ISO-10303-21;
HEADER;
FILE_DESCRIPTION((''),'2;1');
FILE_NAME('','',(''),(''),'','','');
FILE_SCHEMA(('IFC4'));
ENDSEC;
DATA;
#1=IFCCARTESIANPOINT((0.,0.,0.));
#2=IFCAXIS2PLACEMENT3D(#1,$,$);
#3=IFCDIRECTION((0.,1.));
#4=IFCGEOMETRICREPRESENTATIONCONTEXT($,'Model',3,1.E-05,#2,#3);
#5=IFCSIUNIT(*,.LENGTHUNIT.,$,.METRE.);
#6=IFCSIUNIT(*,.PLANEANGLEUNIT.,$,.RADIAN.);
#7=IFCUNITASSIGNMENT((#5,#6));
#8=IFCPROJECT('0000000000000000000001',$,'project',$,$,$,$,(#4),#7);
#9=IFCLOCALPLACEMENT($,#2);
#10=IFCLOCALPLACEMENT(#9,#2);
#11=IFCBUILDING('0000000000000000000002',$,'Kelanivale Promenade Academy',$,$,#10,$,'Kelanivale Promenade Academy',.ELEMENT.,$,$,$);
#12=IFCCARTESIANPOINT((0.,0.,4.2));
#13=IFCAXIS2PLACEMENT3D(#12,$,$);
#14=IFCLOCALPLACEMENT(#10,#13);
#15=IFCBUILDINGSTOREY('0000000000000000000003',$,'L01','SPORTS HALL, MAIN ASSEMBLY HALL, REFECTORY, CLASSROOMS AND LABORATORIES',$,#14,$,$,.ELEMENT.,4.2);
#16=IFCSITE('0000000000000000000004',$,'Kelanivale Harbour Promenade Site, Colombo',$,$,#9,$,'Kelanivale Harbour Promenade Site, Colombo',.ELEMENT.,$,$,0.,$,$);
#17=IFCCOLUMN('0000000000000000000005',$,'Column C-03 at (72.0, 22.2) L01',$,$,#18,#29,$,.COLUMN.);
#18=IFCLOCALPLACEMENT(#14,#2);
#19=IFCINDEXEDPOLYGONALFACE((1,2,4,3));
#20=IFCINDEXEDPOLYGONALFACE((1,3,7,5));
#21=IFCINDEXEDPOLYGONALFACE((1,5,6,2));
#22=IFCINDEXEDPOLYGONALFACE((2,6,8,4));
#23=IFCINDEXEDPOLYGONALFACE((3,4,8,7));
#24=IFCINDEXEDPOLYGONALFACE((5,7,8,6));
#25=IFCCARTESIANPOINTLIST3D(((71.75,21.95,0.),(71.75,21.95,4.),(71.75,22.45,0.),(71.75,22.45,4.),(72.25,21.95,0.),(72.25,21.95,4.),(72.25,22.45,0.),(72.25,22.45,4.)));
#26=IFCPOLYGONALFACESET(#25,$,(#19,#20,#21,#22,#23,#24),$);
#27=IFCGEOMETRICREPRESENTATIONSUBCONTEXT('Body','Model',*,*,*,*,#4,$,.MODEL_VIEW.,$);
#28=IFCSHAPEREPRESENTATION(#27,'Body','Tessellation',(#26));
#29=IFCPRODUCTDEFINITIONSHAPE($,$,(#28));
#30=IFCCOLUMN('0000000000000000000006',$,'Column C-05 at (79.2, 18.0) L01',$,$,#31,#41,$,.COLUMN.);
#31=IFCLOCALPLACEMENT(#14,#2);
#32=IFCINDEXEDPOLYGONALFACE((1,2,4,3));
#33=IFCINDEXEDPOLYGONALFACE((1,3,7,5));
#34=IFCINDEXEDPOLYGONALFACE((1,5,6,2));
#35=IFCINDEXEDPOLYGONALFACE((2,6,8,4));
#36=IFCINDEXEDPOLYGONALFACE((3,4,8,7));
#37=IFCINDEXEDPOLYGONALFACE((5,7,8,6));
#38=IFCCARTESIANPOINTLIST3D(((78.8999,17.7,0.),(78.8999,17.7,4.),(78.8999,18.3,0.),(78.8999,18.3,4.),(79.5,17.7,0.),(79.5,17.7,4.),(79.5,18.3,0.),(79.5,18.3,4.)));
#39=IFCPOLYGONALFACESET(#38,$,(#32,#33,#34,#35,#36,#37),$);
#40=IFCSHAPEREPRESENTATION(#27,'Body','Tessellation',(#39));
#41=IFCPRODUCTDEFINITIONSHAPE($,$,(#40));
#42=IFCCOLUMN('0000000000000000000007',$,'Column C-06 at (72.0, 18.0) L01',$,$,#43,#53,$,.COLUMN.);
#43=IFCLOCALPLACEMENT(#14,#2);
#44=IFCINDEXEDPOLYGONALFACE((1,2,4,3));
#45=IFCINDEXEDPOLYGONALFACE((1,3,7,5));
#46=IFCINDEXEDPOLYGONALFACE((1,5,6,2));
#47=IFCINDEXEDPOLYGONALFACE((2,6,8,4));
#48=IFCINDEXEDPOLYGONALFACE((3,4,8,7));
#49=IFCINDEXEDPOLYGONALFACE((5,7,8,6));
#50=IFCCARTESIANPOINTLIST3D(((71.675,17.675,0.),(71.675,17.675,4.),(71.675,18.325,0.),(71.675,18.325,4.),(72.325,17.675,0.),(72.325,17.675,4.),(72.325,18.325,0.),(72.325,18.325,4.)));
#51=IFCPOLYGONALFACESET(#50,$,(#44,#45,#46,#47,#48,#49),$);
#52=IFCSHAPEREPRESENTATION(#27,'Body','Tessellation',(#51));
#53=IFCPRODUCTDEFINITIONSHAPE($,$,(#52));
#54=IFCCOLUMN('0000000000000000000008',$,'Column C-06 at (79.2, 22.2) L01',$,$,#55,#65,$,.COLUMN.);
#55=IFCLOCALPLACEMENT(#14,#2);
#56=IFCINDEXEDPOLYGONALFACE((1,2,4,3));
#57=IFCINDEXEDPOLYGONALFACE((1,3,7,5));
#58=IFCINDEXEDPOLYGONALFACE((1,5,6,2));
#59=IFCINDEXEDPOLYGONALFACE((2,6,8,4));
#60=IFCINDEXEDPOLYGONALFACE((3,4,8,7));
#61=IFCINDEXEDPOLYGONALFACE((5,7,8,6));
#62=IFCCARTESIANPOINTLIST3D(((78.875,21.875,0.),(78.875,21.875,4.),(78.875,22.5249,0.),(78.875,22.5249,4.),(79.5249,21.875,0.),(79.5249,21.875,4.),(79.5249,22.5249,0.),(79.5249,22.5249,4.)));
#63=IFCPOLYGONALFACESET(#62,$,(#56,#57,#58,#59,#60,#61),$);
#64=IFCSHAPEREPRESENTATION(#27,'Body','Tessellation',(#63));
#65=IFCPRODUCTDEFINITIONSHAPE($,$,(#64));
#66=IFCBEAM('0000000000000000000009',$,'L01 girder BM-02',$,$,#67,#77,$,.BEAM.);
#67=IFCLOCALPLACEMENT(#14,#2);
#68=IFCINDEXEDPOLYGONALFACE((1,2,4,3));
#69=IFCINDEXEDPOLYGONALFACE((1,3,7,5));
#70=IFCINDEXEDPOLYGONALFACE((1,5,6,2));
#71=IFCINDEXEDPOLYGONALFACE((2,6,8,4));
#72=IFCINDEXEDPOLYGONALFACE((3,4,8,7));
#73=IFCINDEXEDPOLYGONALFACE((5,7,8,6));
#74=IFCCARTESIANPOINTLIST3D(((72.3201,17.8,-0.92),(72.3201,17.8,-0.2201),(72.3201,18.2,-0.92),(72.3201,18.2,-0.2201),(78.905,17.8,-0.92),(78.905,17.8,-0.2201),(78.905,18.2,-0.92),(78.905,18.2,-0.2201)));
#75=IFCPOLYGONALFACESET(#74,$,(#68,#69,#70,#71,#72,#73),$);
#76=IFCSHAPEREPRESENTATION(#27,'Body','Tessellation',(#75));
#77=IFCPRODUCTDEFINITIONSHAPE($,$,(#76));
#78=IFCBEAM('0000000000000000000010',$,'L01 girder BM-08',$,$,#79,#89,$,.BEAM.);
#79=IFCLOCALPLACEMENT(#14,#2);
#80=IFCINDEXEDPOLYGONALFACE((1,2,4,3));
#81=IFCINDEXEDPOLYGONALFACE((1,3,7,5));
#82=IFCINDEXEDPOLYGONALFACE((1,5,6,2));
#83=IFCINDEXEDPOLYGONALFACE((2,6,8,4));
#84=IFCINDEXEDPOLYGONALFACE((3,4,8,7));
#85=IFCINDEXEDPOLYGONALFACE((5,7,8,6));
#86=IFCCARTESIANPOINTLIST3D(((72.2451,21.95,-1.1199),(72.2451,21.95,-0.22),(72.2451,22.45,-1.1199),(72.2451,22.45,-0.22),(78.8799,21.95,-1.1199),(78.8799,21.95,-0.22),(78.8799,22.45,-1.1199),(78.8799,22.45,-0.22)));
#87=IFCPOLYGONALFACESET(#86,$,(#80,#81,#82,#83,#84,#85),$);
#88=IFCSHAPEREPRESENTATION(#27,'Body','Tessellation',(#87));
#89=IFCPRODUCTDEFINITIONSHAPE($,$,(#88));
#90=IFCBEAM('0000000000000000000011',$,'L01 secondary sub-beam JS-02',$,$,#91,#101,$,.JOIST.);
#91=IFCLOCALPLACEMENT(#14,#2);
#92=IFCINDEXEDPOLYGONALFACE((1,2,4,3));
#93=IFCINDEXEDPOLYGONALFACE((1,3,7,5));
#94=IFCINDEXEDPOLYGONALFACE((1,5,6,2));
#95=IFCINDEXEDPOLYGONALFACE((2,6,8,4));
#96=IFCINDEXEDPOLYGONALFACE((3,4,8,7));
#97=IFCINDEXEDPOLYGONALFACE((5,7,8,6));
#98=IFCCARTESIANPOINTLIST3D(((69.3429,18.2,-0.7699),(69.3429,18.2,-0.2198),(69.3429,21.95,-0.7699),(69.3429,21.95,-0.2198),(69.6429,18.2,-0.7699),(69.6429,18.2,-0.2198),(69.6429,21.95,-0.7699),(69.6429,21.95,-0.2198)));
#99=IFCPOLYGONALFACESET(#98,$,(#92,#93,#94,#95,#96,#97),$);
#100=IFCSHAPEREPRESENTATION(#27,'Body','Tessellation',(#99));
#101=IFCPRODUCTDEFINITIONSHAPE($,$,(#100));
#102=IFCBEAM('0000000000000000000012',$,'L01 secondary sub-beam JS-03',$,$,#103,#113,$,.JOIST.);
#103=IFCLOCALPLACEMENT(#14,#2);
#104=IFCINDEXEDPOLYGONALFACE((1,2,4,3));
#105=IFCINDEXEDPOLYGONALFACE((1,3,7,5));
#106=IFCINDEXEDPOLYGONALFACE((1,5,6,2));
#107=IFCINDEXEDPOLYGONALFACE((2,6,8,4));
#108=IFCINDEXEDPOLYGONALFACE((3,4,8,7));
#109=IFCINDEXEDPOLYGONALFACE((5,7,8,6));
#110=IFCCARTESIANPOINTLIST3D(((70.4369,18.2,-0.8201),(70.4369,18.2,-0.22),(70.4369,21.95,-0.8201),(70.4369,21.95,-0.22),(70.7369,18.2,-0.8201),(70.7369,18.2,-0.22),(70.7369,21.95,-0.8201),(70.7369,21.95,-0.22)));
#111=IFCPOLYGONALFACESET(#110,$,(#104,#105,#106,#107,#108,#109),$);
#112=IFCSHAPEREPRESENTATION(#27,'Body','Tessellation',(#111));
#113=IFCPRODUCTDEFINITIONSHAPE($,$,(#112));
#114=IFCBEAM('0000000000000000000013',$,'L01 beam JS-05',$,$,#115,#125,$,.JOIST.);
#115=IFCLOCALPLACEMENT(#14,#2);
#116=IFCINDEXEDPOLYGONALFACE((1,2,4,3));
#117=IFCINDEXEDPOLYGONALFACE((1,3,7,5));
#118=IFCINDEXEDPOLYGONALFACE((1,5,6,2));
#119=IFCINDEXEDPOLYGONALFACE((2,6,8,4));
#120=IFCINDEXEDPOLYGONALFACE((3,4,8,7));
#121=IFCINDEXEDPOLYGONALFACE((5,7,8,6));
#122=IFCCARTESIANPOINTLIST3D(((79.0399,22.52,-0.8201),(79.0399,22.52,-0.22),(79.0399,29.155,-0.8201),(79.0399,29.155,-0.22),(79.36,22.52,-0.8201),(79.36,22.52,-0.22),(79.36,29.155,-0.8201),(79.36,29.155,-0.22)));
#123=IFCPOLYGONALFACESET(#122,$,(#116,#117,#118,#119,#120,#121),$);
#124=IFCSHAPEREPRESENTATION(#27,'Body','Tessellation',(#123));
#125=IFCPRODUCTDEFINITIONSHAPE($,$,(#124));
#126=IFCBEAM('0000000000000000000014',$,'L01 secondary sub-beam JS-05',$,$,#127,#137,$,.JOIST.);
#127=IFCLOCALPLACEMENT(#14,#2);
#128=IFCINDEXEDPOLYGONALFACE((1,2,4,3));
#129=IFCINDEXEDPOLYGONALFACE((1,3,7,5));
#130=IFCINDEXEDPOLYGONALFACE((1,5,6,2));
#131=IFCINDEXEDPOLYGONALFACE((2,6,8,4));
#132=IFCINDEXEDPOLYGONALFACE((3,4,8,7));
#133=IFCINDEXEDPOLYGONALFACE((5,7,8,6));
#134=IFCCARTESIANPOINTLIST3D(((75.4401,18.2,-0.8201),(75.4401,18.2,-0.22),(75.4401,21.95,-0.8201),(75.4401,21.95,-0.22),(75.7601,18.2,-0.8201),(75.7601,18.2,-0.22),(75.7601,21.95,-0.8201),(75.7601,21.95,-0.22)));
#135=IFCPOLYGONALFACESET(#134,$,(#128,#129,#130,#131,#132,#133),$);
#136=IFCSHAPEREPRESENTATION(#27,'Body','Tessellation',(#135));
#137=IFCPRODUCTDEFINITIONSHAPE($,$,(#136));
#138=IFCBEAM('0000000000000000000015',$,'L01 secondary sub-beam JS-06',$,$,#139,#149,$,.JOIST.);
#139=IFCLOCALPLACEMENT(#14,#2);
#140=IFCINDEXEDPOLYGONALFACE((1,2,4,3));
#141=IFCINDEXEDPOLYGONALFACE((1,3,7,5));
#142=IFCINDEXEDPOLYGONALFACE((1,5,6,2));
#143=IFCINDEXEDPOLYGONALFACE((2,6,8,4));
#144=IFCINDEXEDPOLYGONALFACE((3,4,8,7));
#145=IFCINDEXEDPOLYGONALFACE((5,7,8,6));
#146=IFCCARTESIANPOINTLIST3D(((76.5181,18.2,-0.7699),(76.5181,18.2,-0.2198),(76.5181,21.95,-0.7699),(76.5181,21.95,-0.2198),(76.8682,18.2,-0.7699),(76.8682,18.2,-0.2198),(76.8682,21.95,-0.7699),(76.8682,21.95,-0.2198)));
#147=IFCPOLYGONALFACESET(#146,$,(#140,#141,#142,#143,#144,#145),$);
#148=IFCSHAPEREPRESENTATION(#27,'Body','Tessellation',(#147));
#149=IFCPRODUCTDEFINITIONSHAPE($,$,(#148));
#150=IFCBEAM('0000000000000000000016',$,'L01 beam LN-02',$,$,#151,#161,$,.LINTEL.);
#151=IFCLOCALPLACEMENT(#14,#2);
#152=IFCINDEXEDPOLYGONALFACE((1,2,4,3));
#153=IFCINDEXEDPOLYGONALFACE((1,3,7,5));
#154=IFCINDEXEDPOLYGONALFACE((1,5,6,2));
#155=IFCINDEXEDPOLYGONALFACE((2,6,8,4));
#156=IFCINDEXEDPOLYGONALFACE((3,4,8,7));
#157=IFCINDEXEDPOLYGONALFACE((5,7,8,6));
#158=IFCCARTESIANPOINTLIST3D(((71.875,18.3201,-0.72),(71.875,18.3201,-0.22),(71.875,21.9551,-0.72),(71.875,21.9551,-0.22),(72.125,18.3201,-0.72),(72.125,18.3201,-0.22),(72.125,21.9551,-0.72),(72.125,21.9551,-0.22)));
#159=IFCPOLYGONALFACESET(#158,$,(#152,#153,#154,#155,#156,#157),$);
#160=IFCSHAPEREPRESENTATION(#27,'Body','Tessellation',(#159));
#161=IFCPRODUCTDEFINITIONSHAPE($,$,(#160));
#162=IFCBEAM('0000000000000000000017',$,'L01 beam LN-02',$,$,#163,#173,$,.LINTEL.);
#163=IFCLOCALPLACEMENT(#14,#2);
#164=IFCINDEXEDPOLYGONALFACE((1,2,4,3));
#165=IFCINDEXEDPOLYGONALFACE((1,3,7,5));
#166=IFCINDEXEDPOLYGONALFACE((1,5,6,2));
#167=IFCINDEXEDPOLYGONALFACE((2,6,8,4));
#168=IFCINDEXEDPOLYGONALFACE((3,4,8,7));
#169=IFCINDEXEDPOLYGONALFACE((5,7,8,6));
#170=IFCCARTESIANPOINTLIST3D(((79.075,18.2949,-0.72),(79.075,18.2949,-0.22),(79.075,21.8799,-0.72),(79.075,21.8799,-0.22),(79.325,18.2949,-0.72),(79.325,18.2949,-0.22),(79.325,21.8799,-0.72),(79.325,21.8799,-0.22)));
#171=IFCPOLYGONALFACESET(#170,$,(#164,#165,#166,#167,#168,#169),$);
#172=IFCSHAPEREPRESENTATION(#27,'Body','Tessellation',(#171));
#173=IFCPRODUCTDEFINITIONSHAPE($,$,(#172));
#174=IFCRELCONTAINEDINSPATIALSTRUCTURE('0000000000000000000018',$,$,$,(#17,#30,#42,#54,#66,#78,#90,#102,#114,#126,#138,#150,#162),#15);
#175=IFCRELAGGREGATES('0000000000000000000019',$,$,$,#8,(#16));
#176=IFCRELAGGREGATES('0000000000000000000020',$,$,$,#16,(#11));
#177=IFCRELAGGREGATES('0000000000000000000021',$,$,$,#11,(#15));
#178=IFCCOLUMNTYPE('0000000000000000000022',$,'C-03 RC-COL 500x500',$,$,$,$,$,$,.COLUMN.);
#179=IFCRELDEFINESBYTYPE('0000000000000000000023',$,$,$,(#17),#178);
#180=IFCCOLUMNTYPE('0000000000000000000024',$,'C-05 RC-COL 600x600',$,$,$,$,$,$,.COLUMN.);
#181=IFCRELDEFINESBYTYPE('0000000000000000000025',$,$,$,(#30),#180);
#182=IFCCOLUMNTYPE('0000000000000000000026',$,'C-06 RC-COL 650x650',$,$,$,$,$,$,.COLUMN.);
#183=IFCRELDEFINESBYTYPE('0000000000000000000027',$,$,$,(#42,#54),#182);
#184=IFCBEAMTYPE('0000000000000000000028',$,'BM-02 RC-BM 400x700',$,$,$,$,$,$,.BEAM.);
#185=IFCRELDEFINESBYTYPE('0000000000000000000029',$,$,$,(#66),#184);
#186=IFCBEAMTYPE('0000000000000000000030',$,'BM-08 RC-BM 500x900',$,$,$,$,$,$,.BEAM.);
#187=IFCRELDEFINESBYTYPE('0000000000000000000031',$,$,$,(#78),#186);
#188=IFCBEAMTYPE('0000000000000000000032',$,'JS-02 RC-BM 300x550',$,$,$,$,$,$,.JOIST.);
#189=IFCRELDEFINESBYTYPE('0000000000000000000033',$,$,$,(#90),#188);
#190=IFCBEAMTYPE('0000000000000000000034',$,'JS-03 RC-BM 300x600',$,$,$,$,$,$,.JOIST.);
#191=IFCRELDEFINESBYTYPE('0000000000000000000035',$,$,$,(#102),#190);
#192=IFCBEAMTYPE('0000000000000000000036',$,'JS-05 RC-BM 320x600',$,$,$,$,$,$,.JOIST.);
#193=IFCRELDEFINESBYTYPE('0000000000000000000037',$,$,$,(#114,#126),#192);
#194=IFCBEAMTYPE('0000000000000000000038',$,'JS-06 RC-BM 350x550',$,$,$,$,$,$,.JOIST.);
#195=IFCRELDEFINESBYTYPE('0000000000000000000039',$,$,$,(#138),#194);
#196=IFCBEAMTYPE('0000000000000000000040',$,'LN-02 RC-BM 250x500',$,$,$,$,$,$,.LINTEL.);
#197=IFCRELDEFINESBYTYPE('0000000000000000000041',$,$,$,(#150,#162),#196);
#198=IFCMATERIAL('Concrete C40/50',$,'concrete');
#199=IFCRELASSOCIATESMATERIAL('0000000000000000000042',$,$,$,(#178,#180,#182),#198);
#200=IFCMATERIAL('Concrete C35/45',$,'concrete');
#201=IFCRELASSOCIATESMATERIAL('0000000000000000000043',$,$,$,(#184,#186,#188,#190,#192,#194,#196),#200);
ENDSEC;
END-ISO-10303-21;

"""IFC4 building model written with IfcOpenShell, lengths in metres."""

from ifc_helpers import new_model, si_unit, direction, frame, origin, origin_2d, place, context, subcontext, project, spatial, rectangle, extrude, material, material_profile, profile_set, type_object, element, save


model = new_model("IFC4")

# Units and contexts
model_context = context("Model", 3, precision=1e-05, world=origin(), true_north=direction((0.0, 1.0)))
body_context = subcontext(model_context, "Body", "Model", "MODEL_VIEW")
ifc_project = project(units=[si_unit("LENGTHUNIT", "METRE"), si_unit("PLANEANGLEUNIT", "RADIAN")], contexts=[model_context])

# Site, building, storey
site_placement = place(None, origin())
site = spatial("IfcSite", under=ifc_project, at=site_placement, Name="Kelanivale Harbour Promenade Site, Colombo", LongName="Kelanivale Harbour Promenade Site, Colombo", CompositionType="ELEMENT", RefElevation=0.0)
building_placement = place(site_placement, origin())
building = spatial("IfcBuilding", under=site, at=building_placement, Name="Kelanivale Promenade Academy", LongName="Kelanivale Promenade Academy", CompositionType="ELEMENT")
storey_placement = place(building_placement, frame((0.0, 0.0, 4.2)))
storey = spatial("IfcBuildingStorey", under=building, at=storey_placement, Name="L01", Description="SPORTS HALL, MAIN ASSEMBLY HALL, REFECTORY, CLASSROOMS AND LABORATORIES", CompositionType="ELEMENT", Elevation=4.2)

# Columns
ifc_material_1 = material(Name="Concrete C40/50", Category="concrete")
ifc_material_profile_1 = material_profile(ifc_material_1, rectangle(XDim=0.5, YDim=0.5, at=origin_2d()), Name="RC-COL 500x500")
ifc_profile_set_1 = profile_set([ifc_material_profile_1], Name="Concrete C40/50")
column_type_1 = type_object("IfcColumnType", Name="C-03 RC-COL 500x500", PredefinedType="COLUMN", material=ifc_profile_set_1)
column_1_placement = place(storey_placement, frame((72.0, 22.2, 0.0), z_axis=(0.0, 0.0, 1.0), x_axis=(1.0, 0.0, 0.0)))
element("IfcColumn", 1, at=column_1_placement, inside=storey, type_object=column_type_1, Name="Column C-03 at (72.0, 22.2) L01", PredefinedType="COLUMN", context=body_context, shape_type="SweptSolid", body=[
    extrude(rectangle(XDim=0.5, YDim=0.5, at=origin_2d()), origin(), (0.0, 0.0, 1.0), 4.0),
])
ifc_material_profile_2 = material_profile(ifc_material_1, rectangle(XDim=0.6001, YDim=0.6001, at=origin_2d()), Name="RC-COL 600x600")
ifc_profile_set_2 = profile_set([ifc_material_profile_2], Name="Concrete C40/50")
column_type_2 = type_object("IfcColumnType", Name="C-05 RC-COL 600x600", PredefinedType="COLUMN", material=ifc_profile_set_2)
column_2_placement = place(storey_placement, frame((79.2, 18.0, 0.0), z_axis=(0.0, 0.0, 1.0), x_axis=(1.0, 0.0, 0.0)))
element("IfcColumn", 2, at=column_2_placement, inside=storey, type_object=column_type_2, Name="Column C-05 at (79.2, 18.0) L01", PredefinedType="COLUMN", context=body_context, shape_type="SweptSolid", body=[
    extrude(rectangle(XDim=0.6001, YDim=0.6001, at=origin_2d()), origin(), (0.0, 0.0, 1.0), 4.0),
])
ifc_material_profile_3 = material_profile(ifc_material_1, rectangle(XDim=0.6499, YDim=0.6499, at=origin_2d()), Name="RC-COL 650x650")
ifc_profile_set_3 = profile_set([ifc_material_profile_3], Name="Concrete C40/50")
column_type_3 = type_object("IfcColumnType", Name="C-06 RC-COL 650x650", PredefinedType="COLUMN", material=ifc_profile_set_3)
for number, where, z_axis, x_axis, name in (
    (3, (72.0, 18.0, 0.0), (0.0, 0.0, 1.0), (1.0, 0.0, 0.0), "Column C-06 at (72.0, 18.0) L01"),
    (4, (79.2, 22.2, 0.0), (0.0, 0.0, 1.0), (1.0, 0.0, 0.0), "Column C-06 at (79.2, 22.2) L01"),
):
    element("IfcColumn", number, at=place(storey_placement, frame(where, z_axis=z_axis, x_axis=x_axis)), inside=storey, type_object=column_type_3, Name=name, PredefinedType="COLUMN", context=body_context, shape_type="SweptSolid", body=[
        extrude(rectangle(XDim=0.6499, YDim=0.6499, at=origin_2d()), origin(), (0.0, 0.0, 1.0), 4.0),
    ])

# Beams
ifc_material_2 = material(Name="Concrete C35/45", Category="concrete")
ifc_material_profile_4 = material_profile(ifc_material_2, rectangle(XDim=0.3999, YDim=0.7, at=origin_2d()), Name="RC-BM 400x700")
ifc_profile_set_4 = profile_set([ifc_material_profile_4], Name="Concrete C35/45")
beam_type_1 = type_object("IfcBeamType", Name="BM-02 RC-BM 400x700", PredefinedType="BEAM", material=ifc_profile_set_4)
beam_1_placement = place(storey_placement, frame((72.3201, 18.0, -0.5701), z_axis=(1.0, 0.0, 0.0), x_axis=(0.0, 1.0, 0.0)))
element("IfcBeam", 5, at=beam_1_placement, inside=storey, type_object=beam_type_1, Name="L01 girder BM-02", PredefinedType="BEAM", context=body_context, shape_type="SweptSolid", body=[
    extrude(rectangle(XDim=0.3999, YDim=0.7, at=origin_2d()), origin(), (0.0, 0.0, 1.0), 6.585),
])
ifc_material_profile_5 = material_profile(ifc_material_2, rectangle(XDim=0.5, YDim=0.8999, at=origin_2d()), Name="RC-BM 500x900")
ifc_profile_set_5 = profile_set([ifc_material_profile_5], Name="Concrete C35/45")
beam_type_2 = type_object("IfcBeamType", Name="BM-08 RC-BM 500x900", PredefinedType="BEAM", material=ifc_profile_set_5)
beam_2_placement = place(storey_placement, frame((72.2451, 22.2, -0.6699), z_axis=(1.0, 0.0, 0.0), x_axis=(0.0, 1.0, 0.0)))
element("IfcBeam", 6, at=beam_2_placement, inside=storey, type_object=beam_type_2, Name="L01 girder BM-08", PredefinedType="BEAM", context=body_context, shape_type="SweptSolid", body=[
    extrude(rectangle(XDim=0.5, YDim=0.8999, at=origin_2d()), origin(), (0.0, 0.0, 1.0), 6.6348),
])
ifc_material_profile_6 = material_profile(ifc_material_2, rectangle(XDim=0.3, YDim=0.55, at=origin_2d()), Name="RC-BM 300x550")
ifc_profile_set_6 = profile_set([ifc_material_profile_6], Name="Concrete C35/45")
beam_type_3 = type_object("IfcBeamType", Name="JS-02 RC-BM 300x550", PredefinedType="JOIST", material=ifc_profile_set_6)
beam_3_placement = place(storey_placement, frame((69.4929, 18.2, -0.4949), z_axis=(0.0, 1.0, 0.0), x_axis=(-1.0, 0.0, 0.0)))
element("IfcBeam", 7, at=beam_3_placement, inside=storey, type_object=beam_type_3, Name="L01 secondary sub-beam JS-02", PredefinedType="JOIST", context=body_context, shape_type="SweptSolid", body=[
    extrude(rectangle(XDim=0.3, YDim=0.55, at=origin_2d()), origin(), (0.0, 0.0, 1.0), 3.75),
])
ifc_material_profile_7 = material_profile(ifc_material_2, rectangle(XDim=0.3, YDim=0.6001, at=origin_2d()), Name="RC-BM 300x600")
ifc_profile_set_7 = profile_set([ifc_material_profile_7], Name="Concrete C35/45")
beam_type_4 = type_object("IfcBeamType", Name="JS-03 RC-BM 300x600", PredefinedType="JOIST", material=ifc_profile_set_7)
beam_4_placement = place(storey_placement, frame((70.5869, 18.2, -0.52), z_axis=(0.0, 1.0, 0.0), x_axis=(-1.0, 0.0, 0.0)))
element("IfcBeam", 8, at=beam_4_placement, inside=storey, type_object=beam_type_4, Name="L01 secondary sub-beam JS-03", PredefinedType="JOIST", context=body_context, shape_type="SweptSolid", body=[
    extrude(rectangle(XDim=0.3, YDim=0.6001, at=origin_2d()), origin(), (0.0, 0.0, 1.0), 3.75),
])
ifc_material_profile_8 = material_profile(ifc_material_2, rectangle(XDim=0.3201, YDim=0.6001, at=origin_2d()), Name="RC-BM 320x600")
ifc_profile_set_8 = profile_set([ifc_material_profile_8], Name="Concrete C35/45")
beam_type_5 = type_object("IfcBeamType", Name="JS-05 RC-BM 320x600", PredefinedType="JOIST", material=ifc_profile_set_8)
beam_5_placement = place(storey_placement, frame((79.2, 22.52, -0.52), z_axis=(0.0, 1.0, 0.0), x_axis=(-1.0, 0.0, 0.0)))
element("IfcBeam", 9, at=beam_5_placement, inside=storey, type_object=beam_type_5, Name="L01 beam JS-05", PredefinedType="JOIST", context=body_context, shape_type="SweptSolid", body=[
    extrude(rectangle(XDim=0.3201, YDim=0.6001, at=origin_2d()), origin(), (0.0, 0.0, 1.0), 6.635),
])
beam_6_placement = place(storey_placement, frame((75.6001, 18.2, -0.52), z_axis=(0.0, 1.0, 0.0), x_axis=(-1.0, 0.0, 0.0)))
element("IfcBeam", 10, at=beam_6_placement, inside=storey, type_object=beam_type_5, Name="L01 secondary sub-beam JS-05", PredefinedType="JOIST", context=body_context, shape_type="SweptSolid", body=[
    extrude(rectangle(XDim=0.3201, YDim=0.6001, at=origin_2d()), origin(), (0.0, 0.0, 1.0), 3.75),
])
ifc_material_profile_9 = material_profile(ifc_material_2, rectangle(XDim=0.3501, YDim=0.55, at=origin_2d()), Name="RC-BM 350x550")
ifc_profile_set_9 = profile_set([ifc_material_profile_9], Name="Concrete C35/45")
beam_type_6 = type_object("IfcBeamType", Name="JS-06 RC-BM 350x550", PredefinedType="JOIST", material=ifc_profile_set_9)
beam_7_placement = place(storey_placement, frame((76.6931, 18.2, -0.4949), z_axis=(0.0, 1.0, 0.0), x_axis=(-1.0, 0.0, 0.0)))
element("IfcBeam", 11, at=beam_7_placement, inside=storey, type_object=beam_type_6, Name="L01 secondary sub-beam JS-06", PredefinedType="JOIST", context=body_context, shape_type="SweptSolid", body=[
    extrude(rectangle(XDim=0.3501, YDim=0.55, at=origin_2d()), origin(), (0.0, 0.0, 1.0), 3.75),
])
ifc_material_profile_10 = material_profile(ifc_material_2, rectangle(XDim=0.25, YDim=0.5, at=origin_2d()), Name="RC-BM 250x500")
ifc_profile_set_10 = profile_set([ifc_material_profile_10], Name="Concrete C35/45")
beam_type_7 = type_object("IfcBeamType", Name="LN-02 RC-BM 250x500", PredefinedType="LINTEL", material=ifc_profile_set_10)
beam_8_placement = place(storey_placement, frame((72.0, 18.3201, -0.47), z_axis=(0.0, 1.0, 0.0), x_axis=(-1.0, 0.0, 0.0)))
element("IfcBeam", 12, at=beam_8_placement, inside=storey, type_object=beam_type_7, Name="L01 beam LN-02", PredefinedType="LINTEL", context=body_context, shape_type="SweptSolid", body=[
    extrude(rectangle(XDim=0.25, YDim=0.5, at=origin_2d()), origin(), (0.0, 0.0, 1.0), 3.635),
])
beam_9_placement = place(storey_placement, frame((79.2, 18.2949, -0.47), z_axis=(0.0, 1.0, 0.0), x_axis=(-1.0, 0.0, 0.0)))
element("IfcBeam", 13, at=beam_9_placement, inside=storey, type_object=beam_type_7, Name="L01 beam LN-02", PredefinedType="LINTEL", context=body_context, shape_type="SweptSolid", body=[
    extrude(rectangle(XDim=0.25, YDim=0.5, at=origin_2d()), origin(), (0.0, 0.0, 1.0), 3.585),
])

save(model, "model.ifc")
